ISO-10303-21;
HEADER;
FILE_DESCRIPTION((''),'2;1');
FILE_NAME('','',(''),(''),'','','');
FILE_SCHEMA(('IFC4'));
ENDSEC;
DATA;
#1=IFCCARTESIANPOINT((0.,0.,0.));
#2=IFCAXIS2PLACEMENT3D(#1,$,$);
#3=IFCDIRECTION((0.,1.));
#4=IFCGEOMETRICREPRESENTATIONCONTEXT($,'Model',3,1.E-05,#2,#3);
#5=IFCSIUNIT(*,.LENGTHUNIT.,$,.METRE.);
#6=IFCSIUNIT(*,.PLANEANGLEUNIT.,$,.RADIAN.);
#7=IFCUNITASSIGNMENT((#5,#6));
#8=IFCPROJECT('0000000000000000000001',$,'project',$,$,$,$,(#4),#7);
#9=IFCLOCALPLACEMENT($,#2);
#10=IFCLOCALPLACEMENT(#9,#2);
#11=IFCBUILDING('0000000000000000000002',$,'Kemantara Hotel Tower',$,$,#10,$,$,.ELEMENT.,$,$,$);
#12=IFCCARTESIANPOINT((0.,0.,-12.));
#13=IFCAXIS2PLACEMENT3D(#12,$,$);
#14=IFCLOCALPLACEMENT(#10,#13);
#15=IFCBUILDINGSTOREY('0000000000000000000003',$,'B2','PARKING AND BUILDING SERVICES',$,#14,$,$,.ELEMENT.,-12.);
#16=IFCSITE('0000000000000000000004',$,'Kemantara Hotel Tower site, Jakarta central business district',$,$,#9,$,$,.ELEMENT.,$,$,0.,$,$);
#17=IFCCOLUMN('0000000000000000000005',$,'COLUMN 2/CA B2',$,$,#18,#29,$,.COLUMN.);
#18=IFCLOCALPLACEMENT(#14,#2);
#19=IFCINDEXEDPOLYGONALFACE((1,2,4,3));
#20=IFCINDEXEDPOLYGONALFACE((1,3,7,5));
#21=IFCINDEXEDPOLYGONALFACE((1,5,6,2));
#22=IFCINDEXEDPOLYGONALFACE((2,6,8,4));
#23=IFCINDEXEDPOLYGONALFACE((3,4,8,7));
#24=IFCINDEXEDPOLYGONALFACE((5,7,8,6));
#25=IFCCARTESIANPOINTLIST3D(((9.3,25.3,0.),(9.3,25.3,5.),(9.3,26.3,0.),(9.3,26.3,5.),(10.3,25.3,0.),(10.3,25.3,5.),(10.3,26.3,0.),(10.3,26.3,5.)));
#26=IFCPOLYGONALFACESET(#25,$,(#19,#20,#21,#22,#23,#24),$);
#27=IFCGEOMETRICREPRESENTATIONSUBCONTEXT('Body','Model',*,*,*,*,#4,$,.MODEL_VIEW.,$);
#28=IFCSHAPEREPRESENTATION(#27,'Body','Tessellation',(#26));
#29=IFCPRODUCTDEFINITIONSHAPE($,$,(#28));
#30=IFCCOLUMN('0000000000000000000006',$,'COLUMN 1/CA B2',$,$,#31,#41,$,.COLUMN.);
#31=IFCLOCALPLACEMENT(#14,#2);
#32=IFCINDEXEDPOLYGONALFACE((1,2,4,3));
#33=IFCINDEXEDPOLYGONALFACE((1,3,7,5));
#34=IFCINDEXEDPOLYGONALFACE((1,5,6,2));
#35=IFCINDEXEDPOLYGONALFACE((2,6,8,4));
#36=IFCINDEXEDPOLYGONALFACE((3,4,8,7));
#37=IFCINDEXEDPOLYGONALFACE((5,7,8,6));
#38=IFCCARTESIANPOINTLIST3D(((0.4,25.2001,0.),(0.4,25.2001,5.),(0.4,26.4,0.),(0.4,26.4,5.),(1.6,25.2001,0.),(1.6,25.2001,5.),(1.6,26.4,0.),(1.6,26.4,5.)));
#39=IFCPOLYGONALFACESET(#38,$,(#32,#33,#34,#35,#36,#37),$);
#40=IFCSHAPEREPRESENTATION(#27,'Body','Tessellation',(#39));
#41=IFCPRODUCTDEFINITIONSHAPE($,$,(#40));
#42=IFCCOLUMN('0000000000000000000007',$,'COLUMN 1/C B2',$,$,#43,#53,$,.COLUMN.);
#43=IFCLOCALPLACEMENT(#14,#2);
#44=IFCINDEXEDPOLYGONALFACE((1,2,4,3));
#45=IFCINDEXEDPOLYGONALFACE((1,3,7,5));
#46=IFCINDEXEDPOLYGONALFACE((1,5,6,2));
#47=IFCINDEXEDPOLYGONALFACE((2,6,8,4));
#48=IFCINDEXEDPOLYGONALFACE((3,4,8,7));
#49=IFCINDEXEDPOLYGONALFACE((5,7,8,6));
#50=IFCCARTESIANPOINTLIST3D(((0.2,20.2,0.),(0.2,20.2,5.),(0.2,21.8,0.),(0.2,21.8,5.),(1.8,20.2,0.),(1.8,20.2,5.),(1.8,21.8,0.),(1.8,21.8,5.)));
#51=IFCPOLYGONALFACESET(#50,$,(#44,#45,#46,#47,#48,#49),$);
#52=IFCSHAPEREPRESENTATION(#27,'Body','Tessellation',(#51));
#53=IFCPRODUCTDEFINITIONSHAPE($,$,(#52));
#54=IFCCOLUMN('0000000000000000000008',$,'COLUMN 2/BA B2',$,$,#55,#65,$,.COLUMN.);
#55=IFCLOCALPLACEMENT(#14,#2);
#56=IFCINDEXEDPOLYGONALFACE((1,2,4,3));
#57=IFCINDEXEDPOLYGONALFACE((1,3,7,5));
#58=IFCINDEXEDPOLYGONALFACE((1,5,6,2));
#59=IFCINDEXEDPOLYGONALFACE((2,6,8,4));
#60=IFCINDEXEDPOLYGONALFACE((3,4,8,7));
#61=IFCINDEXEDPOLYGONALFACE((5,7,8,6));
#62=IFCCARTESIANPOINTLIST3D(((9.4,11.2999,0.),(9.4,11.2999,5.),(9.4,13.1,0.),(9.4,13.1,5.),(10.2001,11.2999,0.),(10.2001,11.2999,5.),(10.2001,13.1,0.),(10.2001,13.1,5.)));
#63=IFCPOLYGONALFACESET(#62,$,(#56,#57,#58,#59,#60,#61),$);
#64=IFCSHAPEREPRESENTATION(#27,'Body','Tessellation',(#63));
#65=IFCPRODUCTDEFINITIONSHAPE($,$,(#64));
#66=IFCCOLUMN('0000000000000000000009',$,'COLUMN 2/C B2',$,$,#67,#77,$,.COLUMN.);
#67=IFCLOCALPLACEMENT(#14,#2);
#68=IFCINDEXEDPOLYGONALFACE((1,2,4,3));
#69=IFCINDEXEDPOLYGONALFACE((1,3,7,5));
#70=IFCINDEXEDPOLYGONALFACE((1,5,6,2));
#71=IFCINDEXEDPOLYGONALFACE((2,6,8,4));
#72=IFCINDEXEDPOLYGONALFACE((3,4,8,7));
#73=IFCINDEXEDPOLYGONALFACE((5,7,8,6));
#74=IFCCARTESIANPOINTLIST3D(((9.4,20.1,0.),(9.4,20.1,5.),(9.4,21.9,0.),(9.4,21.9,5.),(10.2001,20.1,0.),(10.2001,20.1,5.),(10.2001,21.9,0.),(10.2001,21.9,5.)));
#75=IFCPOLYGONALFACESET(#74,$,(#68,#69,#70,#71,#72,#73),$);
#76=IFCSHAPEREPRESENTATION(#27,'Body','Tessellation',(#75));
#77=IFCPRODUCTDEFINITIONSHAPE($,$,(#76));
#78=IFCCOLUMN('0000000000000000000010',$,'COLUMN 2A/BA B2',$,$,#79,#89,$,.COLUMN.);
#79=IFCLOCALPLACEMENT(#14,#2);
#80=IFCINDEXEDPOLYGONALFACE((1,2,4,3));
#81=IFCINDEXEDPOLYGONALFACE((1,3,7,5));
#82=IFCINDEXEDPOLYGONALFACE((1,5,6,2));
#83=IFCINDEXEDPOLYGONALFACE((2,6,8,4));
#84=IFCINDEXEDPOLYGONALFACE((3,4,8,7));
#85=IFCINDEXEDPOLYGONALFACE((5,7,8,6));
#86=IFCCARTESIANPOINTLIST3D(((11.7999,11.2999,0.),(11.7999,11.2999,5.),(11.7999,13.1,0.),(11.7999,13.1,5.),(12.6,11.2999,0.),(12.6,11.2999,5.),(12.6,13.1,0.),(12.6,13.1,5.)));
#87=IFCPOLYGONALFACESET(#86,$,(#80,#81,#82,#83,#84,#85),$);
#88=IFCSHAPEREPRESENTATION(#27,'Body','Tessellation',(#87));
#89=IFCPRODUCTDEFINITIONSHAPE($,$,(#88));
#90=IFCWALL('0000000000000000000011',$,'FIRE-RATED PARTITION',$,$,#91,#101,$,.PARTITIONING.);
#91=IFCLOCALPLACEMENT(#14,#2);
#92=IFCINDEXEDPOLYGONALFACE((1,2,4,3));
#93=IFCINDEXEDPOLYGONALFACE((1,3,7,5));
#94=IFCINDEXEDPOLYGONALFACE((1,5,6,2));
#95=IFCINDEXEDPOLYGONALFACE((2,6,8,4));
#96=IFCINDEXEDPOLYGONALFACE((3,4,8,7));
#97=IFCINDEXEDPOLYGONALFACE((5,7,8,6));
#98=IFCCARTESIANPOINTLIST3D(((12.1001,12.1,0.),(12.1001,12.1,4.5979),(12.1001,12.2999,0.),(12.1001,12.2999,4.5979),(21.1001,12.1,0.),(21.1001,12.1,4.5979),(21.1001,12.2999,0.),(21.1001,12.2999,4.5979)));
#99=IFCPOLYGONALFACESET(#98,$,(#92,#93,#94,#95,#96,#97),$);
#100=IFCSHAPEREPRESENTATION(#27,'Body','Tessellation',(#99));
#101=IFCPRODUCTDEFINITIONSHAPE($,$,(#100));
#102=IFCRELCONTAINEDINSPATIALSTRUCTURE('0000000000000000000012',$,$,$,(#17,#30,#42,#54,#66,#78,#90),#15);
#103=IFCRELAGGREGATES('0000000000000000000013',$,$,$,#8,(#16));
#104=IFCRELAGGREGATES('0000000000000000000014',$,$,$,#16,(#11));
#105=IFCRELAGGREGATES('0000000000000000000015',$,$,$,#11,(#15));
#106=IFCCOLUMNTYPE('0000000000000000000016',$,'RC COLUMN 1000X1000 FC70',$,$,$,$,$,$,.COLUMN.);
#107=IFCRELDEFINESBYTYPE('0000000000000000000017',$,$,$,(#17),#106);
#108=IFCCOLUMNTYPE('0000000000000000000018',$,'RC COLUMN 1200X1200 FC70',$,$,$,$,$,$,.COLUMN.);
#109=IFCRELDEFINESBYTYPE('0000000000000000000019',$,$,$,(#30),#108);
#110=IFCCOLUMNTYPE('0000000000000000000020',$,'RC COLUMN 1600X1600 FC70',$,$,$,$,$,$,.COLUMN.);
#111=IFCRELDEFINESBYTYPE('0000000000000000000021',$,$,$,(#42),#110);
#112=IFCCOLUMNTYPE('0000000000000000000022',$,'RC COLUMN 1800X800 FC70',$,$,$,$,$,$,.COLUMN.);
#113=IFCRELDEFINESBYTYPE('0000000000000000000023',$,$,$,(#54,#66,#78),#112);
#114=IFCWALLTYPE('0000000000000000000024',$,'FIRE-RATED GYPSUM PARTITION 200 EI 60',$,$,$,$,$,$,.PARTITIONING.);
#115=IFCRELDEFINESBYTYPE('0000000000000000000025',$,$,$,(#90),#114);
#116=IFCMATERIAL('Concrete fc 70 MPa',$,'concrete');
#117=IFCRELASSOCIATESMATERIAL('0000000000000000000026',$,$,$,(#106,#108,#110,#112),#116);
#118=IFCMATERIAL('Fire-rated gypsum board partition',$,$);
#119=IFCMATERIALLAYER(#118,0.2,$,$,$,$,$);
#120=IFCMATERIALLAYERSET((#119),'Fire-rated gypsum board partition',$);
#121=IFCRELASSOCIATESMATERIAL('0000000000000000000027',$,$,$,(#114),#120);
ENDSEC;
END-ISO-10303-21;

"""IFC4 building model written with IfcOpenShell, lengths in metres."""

from ifc_helpers import new_model, si_unit, direction, frame, frame_2d, origin, origin_2d, place, context, subcontext, project, spatial, rectangle, extrude, material, layer, layer_set, material_profile, profile_set, type_object, element, save


model = new_model("IFC4")

# Units and contexts
model_context = context("Model", 3, precision=1e-05, world=origin(), true_north=direction((0.0, 1.0)))
body_context = subcontext(model_context, "Body", "Model", "MODEL_VIEW")
ifc_project = project(units=[si_unit("LENGTHUNIT", "METRE"), si_unit("PLANEANGLEUNIT", "RADIAN")], contexts=[model_context])

# Site, building, storey
site_placement = place(None, origin())
site = spatial("IfcSite", under=ifc_project, at=site_placement, Name="Kemantara Hotel Tower site, Jakarta central business district", CompositionType="ELEMENT", RefElevation=0.0)
building_placement = place(site_placement, origin())
building = spatial("IfcBuilding", under=site, at=building_placement, Name="Kemantara Hotel Tower", CompositionType="ELEMENT")
storey_placement = place(building_placement, frame((0.0, 0.0, -12.0)))
storey = spatial("IfcBuildingStorey", under=building, at=storey_placement, Name="B2", Description="PARKING AND BUILDING SERVICES", CompositionType="ELEMENT", Elevation=-12.0)

# Columns
ifc_material_1 = material(Name="Concrete fc 70 MPa", Category="concrete")
ifc_material_profile_1 = material_profile(ifc_material_1, rectangle(XDim=1.0, YDim=1.0, at=origin_2d()), Name="RC 1000X1000")
ifc_profile_set_1 = profile_set([ifc_material_profile_1], Name="Concrete fc 70 MPa")
column_type_1 = type_object("IfcColumnType", Name="RC COLUMN 1000X1000 FC70", PredefinedType="COLUMN", material=ifc_profile_set_1)
column_1_placement = place(storey_placement, frame((9.8, 25.8, 0.0), z_axis=(0.0, 0.0, 1.0), x_axis=(1.0, 0.0, 0.0)))
element("IfcColumn", 1, at=column_1_placement, inside=storey, type_object=column_type_1, Name="COLUMN 2/CA B2", PredefinedType="COLUMN", context=body_context, shape_type="SweptSolid", body=[
    extrude(rectangle(XDim=1.0, YDim=1.0, at=origin_2d()), origin(), (0.0, 0.0, 1.0), 5.0),
])
ifc_material_profile_2 = material_profile(ifc_material_1, rectangle(XDim=1.2, YDim=1.2, at=origin_2d()), Name="RC 1200X1200")
ifc_profile_set_2 = profile_set([ifc_material_profile_2], Name="Concrete fc 70 MPa")
column_type_2 = type_object("IfcColumnType", Name="RC COLUMN 1200X1200 FC70", PredefinedType="COLUMN", material=ifc_profile_set_2)
column_2_placement = place(storey_placement, frame((1.0, 25.8, 0.0), z_axis=(0.0, 0.0, 1.0), x_axis=(1.0, 0.0, 0.0)))
element("IfcColumn", 2, at=column_2_placement, inside=storey, type_object=column_type_2, Name="COLUMN 1/CA B2", PredefinedType="COLUMN", context=body_context, shape_type="SweptSolid", body=[
    extrude(rectangle(XDim=1.2, YDim=1.2, at=origin_2d()), origin(), (0.0, 0.0, 1.0), 5.0),
])
ifc_material_profile_3 = material_profile(ifc_material_1, rectangle(XDim=1.6001, YDim=1.6001, at=origin_2d()), Name="RC 1600X1600")
ifc_profile_set_3 = profile_set([ifc_material_profile_3], Name="Concrete fc 70 MPa")
column_type_3 = type_object("IfcColumnType", Name="RC COLUMN 1600X1600 FC70", PredefinedType="COLUMN", material=ifc_profile_set_3)
column_3_placement = place(storey_placement, frame((1.0, 21.0, 0.0), z_axis=(0.0, 0.0, 1.0), x_axis=(1.0, 0.0, 0.0)))
element("IfcColumn", 3, at=column_3_placement, inside=storey, type_object=column_type_3, Name="COLUMN 1/C B2", PredefinedType="COLUMN", context=body_context, shape_type="SweptSolid", body=[
    extrude(rectangle(XDim=1.6001, YDim=1.6001, at=origin_2d()), origin(), (0.0, 0.0, 1.0), 5.0),
])
ifc_material_profile_4 = material_profile(ifc_material_1, rectangle(XDim=1.8, YDim=0.8, at=origin_2d()), Name="RC 1800X800")
ifc_profile_set_4 = profile_set([ifc_material_profile_4], Name="Concrete fc 70 MPa")
column_type_4 = type_object("IfcColumnType", Name="RC COLUMN 1800X800 FC70", PredefinedType="COLUMN", material=ifc_profile_set_4)
for number, where, z_axis, x_axis, name in (
    (4, (9.8, 12.2, 0.0), (0.0, 0.0, 1.0), (0.0, 1.0, 0.0), "COLUMN 2/BA B2"),
    (5, (9.8, 21.0, 0.0), (0.0, 0.0, 1.0), (0.0, 1.0, 0.0), "COLUMN 2/C B2"),
    (6, (12.2, 12.2, 0.0), (0.0, 0.0, 1.0), (0.0, 1.0, 0.0), "COLUMN 2A/BA B2"),
):
    element("IfcColumn", number, at=place(storey_placement, frame(where, z_axis=z_axis, x_axis=x_axis)), inside=storey, type_object=column_type_4, Name=name, PredefinedType="COLUMN", context=body_context, shape_type="SweptSolid", body=[
        extrude(rectangle(XDim=1.8, YDim=0.8, at=origin_2d()), origin(), (0.0, 0.0, 1.0), 5.0),
    ])

# Wall
ifc_material_2 = material(Name="Fire-rated gypsum board partition")
ifc_layer_1 = layer(ifc_material_2, 0.2)
ifc_layer_set_1 = layer_set([ifc_layer_1], Name="Fire-rated gypsum board partition")
wall_type_1 = type_object("IfcWallType", Name="FIRE-RATED GYPSUM PARTITION 200 EI 60", PredefinedType="PARTITIONING", material=ifc_layer_set_1)
wall_1_placement = place(storey_placement, frame((12.1001, 12.2, 0.0), z_axis=(0.0, 0.0, 1.0), x_axis=(1.0, 0.0, 0.0)))
element("IfcWall", 7, at=wall_1_placement, inside=storey, type_object=wall_type_1, Name="FIRE-RATED PARTITION", PredefinedType="PARTITIONING", context=body_context, shape_type="SweptSolid", body=[
    extrude(rectangle(XDim=9.0, YDim=0.2, at=frame_2d((4.5, 0.0))), origin(), (0.0, 0.0, 1.0), 4.5979),
])

save(model, "model.ifc")
